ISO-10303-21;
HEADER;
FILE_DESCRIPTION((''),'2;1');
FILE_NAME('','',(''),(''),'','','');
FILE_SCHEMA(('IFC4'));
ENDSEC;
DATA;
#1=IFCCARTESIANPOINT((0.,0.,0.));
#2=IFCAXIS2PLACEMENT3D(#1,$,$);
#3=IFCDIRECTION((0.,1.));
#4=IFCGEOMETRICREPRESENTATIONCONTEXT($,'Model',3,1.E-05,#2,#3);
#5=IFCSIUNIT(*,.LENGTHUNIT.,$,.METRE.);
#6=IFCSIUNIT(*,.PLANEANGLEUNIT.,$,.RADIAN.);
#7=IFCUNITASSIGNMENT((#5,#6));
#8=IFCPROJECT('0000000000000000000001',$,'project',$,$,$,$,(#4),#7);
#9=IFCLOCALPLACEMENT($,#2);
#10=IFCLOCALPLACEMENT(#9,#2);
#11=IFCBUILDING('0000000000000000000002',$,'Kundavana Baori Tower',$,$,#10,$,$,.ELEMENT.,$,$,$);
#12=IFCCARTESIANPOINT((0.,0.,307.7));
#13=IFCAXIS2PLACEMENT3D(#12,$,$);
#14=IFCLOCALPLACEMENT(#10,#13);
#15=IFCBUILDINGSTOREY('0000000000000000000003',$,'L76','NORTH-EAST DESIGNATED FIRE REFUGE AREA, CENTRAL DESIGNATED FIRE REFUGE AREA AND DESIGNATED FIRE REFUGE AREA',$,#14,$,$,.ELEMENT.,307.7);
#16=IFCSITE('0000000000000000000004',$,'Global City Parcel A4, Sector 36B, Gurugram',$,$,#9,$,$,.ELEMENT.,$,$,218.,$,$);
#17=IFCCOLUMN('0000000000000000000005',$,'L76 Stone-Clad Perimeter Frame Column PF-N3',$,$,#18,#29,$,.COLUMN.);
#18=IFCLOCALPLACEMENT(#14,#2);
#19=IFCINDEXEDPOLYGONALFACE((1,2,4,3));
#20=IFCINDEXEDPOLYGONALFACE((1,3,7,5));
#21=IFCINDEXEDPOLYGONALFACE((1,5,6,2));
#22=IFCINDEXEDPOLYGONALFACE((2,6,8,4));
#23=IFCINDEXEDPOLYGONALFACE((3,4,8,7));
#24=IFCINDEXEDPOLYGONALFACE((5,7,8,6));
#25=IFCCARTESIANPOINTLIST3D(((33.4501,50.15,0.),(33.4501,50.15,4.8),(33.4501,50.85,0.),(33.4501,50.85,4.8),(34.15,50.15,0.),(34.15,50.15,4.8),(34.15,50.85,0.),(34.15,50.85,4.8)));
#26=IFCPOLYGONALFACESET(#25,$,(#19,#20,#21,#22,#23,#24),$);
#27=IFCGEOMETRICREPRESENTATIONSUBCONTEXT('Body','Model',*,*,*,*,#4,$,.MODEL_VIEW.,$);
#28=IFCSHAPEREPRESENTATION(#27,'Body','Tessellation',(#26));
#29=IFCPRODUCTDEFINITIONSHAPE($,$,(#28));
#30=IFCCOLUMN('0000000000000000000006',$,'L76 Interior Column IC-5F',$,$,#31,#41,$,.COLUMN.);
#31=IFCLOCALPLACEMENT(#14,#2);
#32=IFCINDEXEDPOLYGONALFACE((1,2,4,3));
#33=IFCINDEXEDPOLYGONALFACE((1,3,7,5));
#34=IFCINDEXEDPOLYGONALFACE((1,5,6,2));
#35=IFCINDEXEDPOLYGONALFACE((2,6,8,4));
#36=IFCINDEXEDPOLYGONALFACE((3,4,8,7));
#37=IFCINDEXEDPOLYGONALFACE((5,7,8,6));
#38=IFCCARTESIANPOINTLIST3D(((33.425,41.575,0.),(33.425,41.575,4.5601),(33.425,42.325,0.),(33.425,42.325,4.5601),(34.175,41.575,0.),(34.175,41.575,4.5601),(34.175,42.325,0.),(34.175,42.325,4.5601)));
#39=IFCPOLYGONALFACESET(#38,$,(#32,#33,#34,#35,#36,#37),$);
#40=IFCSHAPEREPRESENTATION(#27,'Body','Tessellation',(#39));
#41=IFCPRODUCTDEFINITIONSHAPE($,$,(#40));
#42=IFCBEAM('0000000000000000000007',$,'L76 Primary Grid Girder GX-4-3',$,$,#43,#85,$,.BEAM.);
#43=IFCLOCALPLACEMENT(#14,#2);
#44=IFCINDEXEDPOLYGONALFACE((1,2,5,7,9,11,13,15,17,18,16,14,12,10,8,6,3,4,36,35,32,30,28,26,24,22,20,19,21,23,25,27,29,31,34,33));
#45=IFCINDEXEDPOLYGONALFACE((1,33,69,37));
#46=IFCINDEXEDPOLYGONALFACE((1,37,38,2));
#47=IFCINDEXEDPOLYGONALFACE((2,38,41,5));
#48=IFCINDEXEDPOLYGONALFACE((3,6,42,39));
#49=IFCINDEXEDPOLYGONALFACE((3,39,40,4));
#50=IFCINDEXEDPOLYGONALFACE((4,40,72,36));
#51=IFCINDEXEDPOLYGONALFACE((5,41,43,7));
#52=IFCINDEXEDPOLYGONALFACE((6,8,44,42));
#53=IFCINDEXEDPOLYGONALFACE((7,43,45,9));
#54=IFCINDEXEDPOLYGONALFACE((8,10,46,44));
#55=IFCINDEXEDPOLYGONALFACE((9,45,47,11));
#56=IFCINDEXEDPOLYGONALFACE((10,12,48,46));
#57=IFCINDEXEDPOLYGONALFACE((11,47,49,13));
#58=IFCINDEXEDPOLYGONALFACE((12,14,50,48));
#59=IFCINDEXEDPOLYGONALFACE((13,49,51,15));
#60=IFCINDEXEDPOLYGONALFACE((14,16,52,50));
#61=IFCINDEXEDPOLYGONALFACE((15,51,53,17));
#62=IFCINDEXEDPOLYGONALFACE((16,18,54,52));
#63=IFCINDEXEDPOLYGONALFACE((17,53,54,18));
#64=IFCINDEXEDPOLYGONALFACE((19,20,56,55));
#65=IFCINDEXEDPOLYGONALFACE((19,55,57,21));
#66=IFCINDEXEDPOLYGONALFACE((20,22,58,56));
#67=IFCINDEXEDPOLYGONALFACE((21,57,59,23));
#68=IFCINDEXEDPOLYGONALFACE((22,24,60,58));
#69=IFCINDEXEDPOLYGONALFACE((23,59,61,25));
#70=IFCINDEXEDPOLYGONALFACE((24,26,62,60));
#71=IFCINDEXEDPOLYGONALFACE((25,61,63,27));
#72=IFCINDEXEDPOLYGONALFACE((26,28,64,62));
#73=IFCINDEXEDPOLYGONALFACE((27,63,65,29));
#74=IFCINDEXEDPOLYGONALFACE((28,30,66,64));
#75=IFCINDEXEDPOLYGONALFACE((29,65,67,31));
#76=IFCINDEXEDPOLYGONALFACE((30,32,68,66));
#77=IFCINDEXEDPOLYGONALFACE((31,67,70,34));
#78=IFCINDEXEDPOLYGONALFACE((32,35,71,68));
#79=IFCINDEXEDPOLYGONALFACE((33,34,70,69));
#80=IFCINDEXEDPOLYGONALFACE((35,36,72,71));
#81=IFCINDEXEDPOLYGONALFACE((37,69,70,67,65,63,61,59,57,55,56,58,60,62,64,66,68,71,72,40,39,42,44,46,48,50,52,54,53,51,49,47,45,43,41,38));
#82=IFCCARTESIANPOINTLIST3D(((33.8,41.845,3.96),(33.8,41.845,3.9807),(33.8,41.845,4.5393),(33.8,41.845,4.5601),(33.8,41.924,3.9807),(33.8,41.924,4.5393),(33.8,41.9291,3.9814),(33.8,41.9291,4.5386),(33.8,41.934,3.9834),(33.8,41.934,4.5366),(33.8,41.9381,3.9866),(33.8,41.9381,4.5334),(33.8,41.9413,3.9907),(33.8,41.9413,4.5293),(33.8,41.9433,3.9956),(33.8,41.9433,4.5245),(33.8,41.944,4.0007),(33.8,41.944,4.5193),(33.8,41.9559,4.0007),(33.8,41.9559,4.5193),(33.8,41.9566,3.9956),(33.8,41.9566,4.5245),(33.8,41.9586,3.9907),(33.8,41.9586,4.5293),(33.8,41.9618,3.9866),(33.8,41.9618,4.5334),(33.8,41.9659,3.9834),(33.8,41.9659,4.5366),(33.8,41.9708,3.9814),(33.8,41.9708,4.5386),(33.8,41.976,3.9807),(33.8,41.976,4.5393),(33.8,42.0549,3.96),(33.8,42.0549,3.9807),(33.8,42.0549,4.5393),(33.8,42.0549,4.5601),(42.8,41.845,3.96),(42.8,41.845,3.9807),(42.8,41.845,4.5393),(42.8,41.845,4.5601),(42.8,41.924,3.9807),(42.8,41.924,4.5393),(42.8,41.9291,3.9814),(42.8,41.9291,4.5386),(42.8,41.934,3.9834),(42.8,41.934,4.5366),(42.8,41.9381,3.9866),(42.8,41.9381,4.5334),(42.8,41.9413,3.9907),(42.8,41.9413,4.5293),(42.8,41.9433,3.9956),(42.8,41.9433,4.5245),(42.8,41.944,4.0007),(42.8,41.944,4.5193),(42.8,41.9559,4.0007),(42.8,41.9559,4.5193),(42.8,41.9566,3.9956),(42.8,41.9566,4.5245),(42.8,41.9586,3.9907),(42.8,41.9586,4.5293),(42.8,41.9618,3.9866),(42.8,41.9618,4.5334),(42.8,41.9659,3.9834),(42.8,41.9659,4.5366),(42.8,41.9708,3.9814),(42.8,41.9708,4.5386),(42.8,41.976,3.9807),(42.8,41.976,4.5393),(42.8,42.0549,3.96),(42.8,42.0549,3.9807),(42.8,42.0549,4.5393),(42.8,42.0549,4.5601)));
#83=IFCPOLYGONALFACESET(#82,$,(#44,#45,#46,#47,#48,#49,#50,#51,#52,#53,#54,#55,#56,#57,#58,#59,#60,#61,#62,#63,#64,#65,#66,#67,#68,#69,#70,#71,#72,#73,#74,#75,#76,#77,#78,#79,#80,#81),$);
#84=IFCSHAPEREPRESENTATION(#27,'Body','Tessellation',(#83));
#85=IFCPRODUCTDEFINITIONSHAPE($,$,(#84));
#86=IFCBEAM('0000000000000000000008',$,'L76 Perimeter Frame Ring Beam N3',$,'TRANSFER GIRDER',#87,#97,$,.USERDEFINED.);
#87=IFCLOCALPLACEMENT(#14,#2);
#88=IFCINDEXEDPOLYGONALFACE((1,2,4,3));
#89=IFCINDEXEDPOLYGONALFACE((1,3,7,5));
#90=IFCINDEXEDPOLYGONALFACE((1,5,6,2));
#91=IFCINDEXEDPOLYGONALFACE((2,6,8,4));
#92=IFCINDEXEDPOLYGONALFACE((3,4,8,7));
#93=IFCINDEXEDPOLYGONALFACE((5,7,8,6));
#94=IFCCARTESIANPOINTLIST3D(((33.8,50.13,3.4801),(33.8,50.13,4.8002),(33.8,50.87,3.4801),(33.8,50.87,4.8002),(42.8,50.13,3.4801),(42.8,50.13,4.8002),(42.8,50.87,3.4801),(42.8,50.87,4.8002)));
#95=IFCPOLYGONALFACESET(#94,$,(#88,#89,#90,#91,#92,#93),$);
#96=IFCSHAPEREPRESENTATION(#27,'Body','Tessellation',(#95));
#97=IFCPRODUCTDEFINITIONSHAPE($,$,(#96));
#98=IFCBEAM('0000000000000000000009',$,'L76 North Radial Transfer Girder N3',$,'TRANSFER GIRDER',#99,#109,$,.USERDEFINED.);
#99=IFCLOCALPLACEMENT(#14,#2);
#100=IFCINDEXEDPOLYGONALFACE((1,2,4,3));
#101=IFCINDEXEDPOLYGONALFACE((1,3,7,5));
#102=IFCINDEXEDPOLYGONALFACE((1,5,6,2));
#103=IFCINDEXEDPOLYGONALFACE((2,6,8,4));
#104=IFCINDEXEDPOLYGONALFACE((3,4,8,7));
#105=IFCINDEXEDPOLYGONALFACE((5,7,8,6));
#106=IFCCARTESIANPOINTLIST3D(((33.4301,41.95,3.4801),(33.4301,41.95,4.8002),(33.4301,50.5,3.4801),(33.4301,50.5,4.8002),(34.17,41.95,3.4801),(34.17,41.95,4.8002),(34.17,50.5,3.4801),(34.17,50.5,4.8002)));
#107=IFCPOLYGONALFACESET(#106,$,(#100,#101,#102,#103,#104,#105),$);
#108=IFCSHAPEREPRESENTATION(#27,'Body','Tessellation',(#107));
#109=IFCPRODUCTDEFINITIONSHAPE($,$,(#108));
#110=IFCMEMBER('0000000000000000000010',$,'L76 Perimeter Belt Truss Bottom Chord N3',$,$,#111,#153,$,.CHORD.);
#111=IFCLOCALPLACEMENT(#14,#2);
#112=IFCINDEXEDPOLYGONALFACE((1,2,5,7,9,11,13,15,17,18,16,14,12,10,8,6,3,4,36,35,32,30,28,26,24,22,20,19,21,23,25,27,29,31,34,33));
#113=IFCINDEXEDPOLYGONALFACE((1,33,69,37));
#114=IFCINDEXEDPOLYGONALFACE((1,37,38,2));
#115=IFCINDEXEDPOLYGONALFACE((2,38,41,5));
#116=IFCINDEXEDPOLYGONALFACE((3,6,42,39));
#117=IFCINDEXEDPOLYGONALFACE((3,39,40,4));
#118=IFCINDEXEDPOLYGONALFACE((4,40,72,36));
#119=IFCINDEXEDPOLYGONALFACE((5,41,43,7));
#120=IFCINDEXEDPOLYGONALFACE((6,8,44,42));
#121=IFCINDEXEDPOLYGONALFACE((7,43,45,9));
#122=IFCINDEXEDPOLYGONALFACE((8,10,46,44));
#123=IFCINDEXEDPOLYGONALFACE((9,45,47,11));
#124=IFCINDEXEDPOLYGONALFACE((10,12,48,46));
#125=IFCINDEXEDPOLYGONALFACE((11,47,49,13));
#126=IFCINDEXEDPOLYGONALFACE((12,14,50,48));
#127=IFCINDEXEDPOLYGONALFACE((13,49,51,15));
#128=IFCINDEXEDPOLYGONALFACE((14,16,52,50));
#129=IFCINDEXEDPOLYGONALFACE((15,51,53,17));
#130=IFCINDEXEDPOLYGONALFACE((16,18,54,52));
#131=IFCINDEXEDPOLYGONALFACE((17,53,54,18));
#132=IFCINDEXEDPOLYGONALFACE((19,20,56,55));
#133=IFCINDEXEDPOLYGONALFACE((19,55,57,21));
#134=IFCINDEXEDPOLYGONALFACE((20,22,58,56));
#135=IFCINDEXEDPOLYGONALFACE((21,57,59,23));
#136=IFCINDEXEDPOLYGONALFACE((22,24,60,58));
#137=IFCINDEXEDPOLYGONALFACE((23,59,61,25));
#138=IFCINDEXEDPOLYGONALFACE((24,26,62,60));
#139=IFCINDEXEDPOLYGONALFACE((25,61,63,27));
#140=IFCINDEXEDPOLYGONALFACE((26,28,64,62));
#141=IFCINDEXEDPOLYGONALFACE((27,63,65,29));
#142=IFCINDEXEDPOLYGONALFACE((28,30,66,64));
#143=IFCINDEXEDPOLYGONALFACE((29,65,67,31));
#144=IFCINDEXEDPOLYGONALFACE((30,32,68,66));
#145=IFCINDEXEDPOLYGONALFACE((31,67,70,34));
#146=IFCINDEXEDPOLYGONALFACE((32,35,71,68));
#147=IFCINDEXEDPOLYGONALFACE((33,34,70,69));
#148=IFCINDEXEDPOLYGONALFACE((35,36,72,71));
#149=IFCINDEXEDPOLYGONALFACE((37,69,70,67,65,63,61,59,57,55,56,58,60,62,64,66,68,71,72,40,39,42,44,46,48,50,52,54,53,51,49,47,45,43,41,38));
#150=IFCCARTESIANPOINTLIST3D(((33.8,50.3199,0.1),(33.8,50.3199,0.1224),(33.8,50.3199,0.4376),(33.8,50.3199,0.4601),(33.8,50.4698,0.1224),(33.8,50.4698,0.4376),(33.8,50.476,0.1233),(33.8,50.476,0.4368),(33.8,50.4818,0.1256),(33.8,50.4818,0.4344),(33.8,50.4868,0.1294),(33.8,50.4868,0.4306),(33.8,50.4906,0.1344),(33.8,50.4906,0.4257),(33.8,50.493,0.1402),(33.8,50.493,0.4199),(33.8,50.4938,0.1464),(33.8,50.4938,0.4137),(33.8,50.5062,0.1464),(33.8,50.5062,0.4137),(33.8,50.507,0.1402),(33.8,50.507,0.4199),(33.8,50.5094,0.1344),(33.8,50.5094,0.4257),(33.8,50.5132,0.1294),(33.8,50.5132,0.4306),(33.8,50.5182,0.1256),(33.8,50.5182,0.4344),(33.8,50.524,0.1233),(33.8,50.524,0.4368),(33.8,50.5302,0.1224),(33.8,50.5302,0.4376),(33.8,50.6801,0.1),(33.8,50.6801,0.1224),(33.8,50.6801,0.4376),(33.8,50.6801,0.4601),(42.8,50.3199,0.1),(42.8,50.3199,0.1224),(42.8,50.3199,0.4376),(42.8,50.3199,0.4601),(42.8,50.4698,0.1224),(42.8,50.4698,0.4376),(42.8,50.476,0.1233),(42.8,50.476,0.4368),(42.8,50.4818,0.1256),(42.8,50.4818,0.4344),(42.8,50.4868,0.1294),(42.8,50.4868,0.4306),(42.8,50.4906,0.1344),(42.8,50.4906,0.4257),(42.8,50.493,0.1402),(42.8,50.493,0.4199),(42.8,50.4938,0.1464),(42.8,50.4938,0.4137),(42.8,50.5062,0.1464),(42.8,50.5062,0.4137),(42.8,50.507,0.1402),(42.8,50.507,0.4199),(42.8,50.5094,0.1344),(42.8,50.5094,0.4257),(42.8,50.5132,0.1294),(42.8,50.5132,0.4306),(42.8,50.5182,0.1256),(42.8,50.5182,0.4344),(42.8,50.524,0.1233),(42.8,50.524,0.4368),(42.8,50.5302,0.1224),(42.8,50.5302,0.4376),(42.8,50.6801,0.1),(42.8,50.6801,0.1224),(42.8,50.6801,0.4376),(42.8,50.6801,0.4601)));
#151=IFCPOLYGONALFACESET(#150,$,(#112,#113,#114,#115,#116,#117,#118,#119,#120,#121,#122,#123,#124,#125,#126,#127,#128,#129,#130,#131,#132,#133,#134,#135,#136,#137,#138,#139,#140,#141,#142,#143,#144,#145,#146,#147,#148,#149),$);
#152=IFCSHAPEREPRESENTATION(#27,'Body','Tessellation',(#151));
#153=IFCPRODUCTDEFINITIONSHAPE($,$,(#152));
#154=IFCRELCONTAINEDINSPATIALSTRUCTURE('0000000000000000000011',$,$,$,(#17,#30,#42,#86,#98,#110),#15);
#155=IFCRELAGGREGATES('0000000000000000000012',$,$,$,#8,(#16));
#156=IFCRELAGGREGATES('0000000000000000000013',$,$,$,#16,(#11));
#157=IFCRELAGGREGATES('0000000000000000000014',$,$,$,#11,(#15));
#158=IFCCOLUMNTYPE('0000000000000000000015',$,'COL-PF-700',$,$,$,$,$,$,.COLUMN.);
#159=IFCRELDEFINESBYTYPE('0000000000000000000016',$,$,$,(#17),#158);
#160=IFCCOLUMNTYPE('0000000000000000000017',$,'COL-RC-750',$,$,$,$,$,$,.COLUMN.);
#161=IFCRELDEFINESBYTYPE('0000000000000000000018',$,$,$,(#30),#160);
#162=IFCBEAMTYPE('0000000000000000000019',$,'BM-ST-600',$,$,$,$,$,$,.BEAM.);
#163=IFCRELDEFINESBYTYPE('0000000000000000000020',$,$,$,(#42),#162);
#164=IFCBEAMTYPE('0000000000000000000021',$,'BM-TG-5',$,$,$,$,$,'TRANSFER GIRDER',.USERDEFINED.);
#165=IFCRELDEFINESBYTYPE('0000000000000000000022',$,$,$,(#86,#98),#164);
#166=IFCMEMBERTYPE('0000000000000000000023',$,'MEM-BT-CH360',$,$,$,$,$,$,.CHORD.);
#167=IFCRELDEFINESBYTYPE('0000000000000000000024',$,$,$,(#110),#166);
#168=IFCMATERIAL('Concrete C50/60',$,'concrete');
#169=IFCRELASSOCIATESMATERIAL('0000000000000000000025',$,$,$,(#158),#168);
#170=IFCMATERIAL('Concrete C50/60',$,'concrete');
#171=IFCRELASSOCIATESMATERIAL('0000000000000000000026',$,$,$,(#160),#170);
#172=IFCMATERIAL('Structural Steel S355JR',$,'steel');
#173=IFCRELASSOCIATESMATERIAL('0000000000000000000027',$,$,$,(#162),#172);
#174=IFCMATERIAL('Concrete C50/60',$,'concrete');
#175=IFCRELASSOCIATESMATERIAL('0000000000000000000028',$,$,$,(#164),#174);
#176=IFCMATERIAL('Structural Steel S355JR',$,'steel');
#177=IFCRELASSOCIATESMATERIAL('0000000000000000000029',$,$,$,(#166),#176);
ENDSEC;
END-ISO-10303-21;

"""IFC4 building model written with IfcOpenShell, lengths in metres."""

from ifc_helpers import new_model, si_unit, direction, frame, origin, origin_2d, place, context, subcontext, project, spatial, rectangle, i_section, extrude, material, material_profile, profile_set, type_object, element, save


model = new_model("IFC4")

# Units and contexts
model_context = context("Model", 3, precision=1e-05, world=origin(), true_north=direction((0.0, 1.0)))
body_context = subcontext(model_context, "Body", "Model", "MODEL_VIEW")
ifc_project = project(units=[si_unit("LENGTHUNIT", "METRE"), si_unit("PLANEANGLEUNIT", "RADIAN")], contexts=[model_context])

# Site, building, storey
site_placement = place(None, origin())
site = spatial("IfcSite", under=ifc_project, at=site_placement, Name="Global City Parcel A4, Sector 36B, Gurugram", CompositionType="ELEMENT", RefElevation=218.0)
building_placement = place(site_placement, origin())
building = spatial("IfcBuilding", under=site, at=building_placement, Name="Kundavana Baori Tower", CompositionType="ELEMENT")
storey_placement = place(building_placement, frame((0.0, 0.0, 307.7)))
storey = spatial("IfcBuildingStorey", under=building, at=storey_placement, Name="L76", Description="NORTH-EAST DESIGNATED FIRE REFUGE AREA, CENTRAL DESIGNATED FIRE REFUGE AREA AND DESIGNATED FIRE REFUGE AREA", CompositionType="ELEMENT", Elevation=307.7)

# Columns
ifc_material_1 = material(Name="Concrete C50/60", Category="concrete")
ifc_material_profile_1 = material_profile(ifc_material_1, rectangle(XDim=0.7, YDim=0.7, at=origin_2d()), Name="RC PF 700x700")
ifc_profile_set_1 = profile_set([ifc_material_profile_1], Name="Concrete C50/60")
column_type_1 = type_object("IfcColumnType", Name="COL-PF-700", PredefinedType="COLUMN", material=ifc_profile_set_1)
column_1_placement = place(storey_placement, frame((33.8, 50.5, 0.0), z_axis=(0.0, 0.0, 1.0), x_axis=(1.0, 0.0, 0.0)))
element("IfcColumn", 1, at=column_1_placement, inside=storey, type_object=column_type_1, Name="L76 Stone-Clad Perimeter Frame Column PF-N3", PredefinedType="COLUMN", context=body_context, shape_type="SweptSolid", body=[
    extrude(rectangle(XDim=0.7, YDim=0.7, at=origin_2d()), origin(), (0.0, 0.0, 1.0), 4.8),
])
ifc_material_2 = material(Name="Concrete C50/60", Category="concrete")
ifc_material_profile_2 = material_profile(ifc_material_2, rectangle(XDim=0.75, YDim=0.75, at=origin_2d()), Name="RC 750x750")
ifc_profile_set_2 = profile_set([ifc_material_profile_2], Name="Concrete C50/60")
column_type_2 = type_object("IfcColumnType", Name="COL-RC-750", PredefinedType="COLUMN", material=ifc_profile_set_2)
column_2_placement = place(storey_placement, frame((33.8, 41.95, 0.0), z_axis=(0.0, 0.0, 1.0), x_axis=(1.0, 0.0, 0.0)))
element("IfcColumn", 2, at=column_2_placement, inside=storey, type_object=column_type_2, Name="L76 Interior Column IC-5F", PredefinedType="COLUMN", context=body_context, shape_type="SweptSolid", body=[
    extrude(rectangle(XDim=0.75, YDim=0.75, at=origin_2d()), origin(), (0.0, 0.0, 1.0), 4.5601),
])

# Beams
ifc_material_3 = material(Name="Structural Steel S355JR", Category="steel")
ifc_material_profile_3 = material_profile(ifc_material_3, i_section(OverallWidth=0.21, OverallDepth=0.6001, WebThickness=0.012, FlangeThickness=0.0208, FilletRadius=0.02, at=origin_2d()), Name="ISMB 600")
ifc_profile_set_3 = profile_set([ifc_material_profile_3], Name="Structural Steel S355JR")
beam_type_1 = type_object("IfcBeamType", Name="BM-ST-600", PredefinedType="BEAM", material=ifc_profile_set_3)
beam_1_placement = place(storey_placement, frame((33.8, 41.95, 4.26), z_axis=(1.0, 0.0, 0.0), x_axis=(0.0, 1.0, 0.0)))
element("IfcBeam", 3, at=beam_1_placement, inside=storey, type_object=beam_type_1, Name="L76 Primary Grid Girder GX-4-3", PredefinedType="BEAM", context=body_context, shape_type="SweptSolid", body=[
    extrude(i_section(OverallWidth=0.21, OverallDepth=0.6001, WebThickness=0.012, FlangeThickness=0.0208, FilletRadius=0.02, at=origin_2d()), origin(), (0.0, 0.0, 1.0), 9.0),
])
ifc_material_4 = material(Name="Concrete C50/60", Category="concrete")
ifc_material_profile_4 = material_profile(ifc_material_4, rectangle(XDim=0.74, YDim=1.3201, at=origin_2d()), Name="BM-TG-5")
ifc_profile_set_4 = profile_set([ifc_material_profile_4], Name="Concrete C50/60")
beam_type_2 = type_object("IfcBeamType", Name="BM-TG-5", ElementType="TRANSFER GIRDER", PredefinedType="USERDEFINED", material=ifc_profile_set_4)
beam_2_placement = place(storey_placement, frame((33.8, 50.5, 4.1401), z_axis=(1.0, 0.0, 0.0), x_axis=(0.0, 1.0, 0.0)))
element("IfcBeam", 4, at=beam_2_placement, inside=storey, type_object=beam_type_2, Name="L76 Perimeter Frame Ring Beam N3", ObjectType="TRANSFER GIRDER", PredefinedType="USERDEFINED", context=body_context, shape_type="SweptSolid", body=[
    extrude(rectangle(XDim=0.74, YDim=1.3201, at=origin_2d()), origin(), (0.0, 0.0, 1.0), 9.0),
])
beam_3_placement = place(storey_placement, frame((33.8, 41.95, 4.1401), z_axis=(0.0, 1.0, 0.0), x_axis=(-1.0, 0.0, 0.0)))
element("IfcBeam", 5, at=beam_3_placement, inside=storey, type_object=beam_type_2, Name="L76 North Radial Transfer Girder N3", ObjectType="TRANSFER GIRDER", PredefinedType="USERDEFINED", context=body_context, shape_type="SweptSolid", body=[
    extrude(rectangle(XDim=0.74, YDim=1.3201, at=origin_2d()), origin(), (0.0, 0.0, 1.0), 8.55),
])

# Member
ifc_material_5 = material(Name="Structural Steel S355JR", Category="steel")
ifc_material_profile_5 = material_profile(ifc_material_5, i_section(OverallWidth=0.3601, OverallDepth=0.3601, WebThickness=0.0125, FlangeThickness=0.0225, FilletRadius=0.0239, at=origin_2d()), Name="WPB 360x360x142")
ifc_profile_set_5 = profile_set([ifc_material_profile_5], Name="Structural Steel S355JR")
member_type_1 = type_object("IfcMemberType", Name="MEM-BT-CH360", PredefinedType="CHORD", material=ifc_profile_set_5)
member_1_placement = place(storey_placement, frame((33.8, 50.5, 0.28), z_axis=(1.0, 0.0, 0.0), x_axis=(0.0, 1.0, 0.0)))
element("IfcMember", 6, at=member_1_placement, inside=storey, type_object=member_type_1, Name="L76 Perimeter Belt Truss Bottom Chord N3", PredefinedType="CHORD", context=body_context, shape_type="SweptSolid", body=[
    extrude(i_section(OverallWidth=0.3601, OverallDepth=0.3601, WebThickness=0.0125, FlangeThickness=0.0225, FilletRadius=0.0239, at=origin_2d()), origin(), (0.0, 0.0, 1.0), 9.0),
])

save(model, "model.ifc")
